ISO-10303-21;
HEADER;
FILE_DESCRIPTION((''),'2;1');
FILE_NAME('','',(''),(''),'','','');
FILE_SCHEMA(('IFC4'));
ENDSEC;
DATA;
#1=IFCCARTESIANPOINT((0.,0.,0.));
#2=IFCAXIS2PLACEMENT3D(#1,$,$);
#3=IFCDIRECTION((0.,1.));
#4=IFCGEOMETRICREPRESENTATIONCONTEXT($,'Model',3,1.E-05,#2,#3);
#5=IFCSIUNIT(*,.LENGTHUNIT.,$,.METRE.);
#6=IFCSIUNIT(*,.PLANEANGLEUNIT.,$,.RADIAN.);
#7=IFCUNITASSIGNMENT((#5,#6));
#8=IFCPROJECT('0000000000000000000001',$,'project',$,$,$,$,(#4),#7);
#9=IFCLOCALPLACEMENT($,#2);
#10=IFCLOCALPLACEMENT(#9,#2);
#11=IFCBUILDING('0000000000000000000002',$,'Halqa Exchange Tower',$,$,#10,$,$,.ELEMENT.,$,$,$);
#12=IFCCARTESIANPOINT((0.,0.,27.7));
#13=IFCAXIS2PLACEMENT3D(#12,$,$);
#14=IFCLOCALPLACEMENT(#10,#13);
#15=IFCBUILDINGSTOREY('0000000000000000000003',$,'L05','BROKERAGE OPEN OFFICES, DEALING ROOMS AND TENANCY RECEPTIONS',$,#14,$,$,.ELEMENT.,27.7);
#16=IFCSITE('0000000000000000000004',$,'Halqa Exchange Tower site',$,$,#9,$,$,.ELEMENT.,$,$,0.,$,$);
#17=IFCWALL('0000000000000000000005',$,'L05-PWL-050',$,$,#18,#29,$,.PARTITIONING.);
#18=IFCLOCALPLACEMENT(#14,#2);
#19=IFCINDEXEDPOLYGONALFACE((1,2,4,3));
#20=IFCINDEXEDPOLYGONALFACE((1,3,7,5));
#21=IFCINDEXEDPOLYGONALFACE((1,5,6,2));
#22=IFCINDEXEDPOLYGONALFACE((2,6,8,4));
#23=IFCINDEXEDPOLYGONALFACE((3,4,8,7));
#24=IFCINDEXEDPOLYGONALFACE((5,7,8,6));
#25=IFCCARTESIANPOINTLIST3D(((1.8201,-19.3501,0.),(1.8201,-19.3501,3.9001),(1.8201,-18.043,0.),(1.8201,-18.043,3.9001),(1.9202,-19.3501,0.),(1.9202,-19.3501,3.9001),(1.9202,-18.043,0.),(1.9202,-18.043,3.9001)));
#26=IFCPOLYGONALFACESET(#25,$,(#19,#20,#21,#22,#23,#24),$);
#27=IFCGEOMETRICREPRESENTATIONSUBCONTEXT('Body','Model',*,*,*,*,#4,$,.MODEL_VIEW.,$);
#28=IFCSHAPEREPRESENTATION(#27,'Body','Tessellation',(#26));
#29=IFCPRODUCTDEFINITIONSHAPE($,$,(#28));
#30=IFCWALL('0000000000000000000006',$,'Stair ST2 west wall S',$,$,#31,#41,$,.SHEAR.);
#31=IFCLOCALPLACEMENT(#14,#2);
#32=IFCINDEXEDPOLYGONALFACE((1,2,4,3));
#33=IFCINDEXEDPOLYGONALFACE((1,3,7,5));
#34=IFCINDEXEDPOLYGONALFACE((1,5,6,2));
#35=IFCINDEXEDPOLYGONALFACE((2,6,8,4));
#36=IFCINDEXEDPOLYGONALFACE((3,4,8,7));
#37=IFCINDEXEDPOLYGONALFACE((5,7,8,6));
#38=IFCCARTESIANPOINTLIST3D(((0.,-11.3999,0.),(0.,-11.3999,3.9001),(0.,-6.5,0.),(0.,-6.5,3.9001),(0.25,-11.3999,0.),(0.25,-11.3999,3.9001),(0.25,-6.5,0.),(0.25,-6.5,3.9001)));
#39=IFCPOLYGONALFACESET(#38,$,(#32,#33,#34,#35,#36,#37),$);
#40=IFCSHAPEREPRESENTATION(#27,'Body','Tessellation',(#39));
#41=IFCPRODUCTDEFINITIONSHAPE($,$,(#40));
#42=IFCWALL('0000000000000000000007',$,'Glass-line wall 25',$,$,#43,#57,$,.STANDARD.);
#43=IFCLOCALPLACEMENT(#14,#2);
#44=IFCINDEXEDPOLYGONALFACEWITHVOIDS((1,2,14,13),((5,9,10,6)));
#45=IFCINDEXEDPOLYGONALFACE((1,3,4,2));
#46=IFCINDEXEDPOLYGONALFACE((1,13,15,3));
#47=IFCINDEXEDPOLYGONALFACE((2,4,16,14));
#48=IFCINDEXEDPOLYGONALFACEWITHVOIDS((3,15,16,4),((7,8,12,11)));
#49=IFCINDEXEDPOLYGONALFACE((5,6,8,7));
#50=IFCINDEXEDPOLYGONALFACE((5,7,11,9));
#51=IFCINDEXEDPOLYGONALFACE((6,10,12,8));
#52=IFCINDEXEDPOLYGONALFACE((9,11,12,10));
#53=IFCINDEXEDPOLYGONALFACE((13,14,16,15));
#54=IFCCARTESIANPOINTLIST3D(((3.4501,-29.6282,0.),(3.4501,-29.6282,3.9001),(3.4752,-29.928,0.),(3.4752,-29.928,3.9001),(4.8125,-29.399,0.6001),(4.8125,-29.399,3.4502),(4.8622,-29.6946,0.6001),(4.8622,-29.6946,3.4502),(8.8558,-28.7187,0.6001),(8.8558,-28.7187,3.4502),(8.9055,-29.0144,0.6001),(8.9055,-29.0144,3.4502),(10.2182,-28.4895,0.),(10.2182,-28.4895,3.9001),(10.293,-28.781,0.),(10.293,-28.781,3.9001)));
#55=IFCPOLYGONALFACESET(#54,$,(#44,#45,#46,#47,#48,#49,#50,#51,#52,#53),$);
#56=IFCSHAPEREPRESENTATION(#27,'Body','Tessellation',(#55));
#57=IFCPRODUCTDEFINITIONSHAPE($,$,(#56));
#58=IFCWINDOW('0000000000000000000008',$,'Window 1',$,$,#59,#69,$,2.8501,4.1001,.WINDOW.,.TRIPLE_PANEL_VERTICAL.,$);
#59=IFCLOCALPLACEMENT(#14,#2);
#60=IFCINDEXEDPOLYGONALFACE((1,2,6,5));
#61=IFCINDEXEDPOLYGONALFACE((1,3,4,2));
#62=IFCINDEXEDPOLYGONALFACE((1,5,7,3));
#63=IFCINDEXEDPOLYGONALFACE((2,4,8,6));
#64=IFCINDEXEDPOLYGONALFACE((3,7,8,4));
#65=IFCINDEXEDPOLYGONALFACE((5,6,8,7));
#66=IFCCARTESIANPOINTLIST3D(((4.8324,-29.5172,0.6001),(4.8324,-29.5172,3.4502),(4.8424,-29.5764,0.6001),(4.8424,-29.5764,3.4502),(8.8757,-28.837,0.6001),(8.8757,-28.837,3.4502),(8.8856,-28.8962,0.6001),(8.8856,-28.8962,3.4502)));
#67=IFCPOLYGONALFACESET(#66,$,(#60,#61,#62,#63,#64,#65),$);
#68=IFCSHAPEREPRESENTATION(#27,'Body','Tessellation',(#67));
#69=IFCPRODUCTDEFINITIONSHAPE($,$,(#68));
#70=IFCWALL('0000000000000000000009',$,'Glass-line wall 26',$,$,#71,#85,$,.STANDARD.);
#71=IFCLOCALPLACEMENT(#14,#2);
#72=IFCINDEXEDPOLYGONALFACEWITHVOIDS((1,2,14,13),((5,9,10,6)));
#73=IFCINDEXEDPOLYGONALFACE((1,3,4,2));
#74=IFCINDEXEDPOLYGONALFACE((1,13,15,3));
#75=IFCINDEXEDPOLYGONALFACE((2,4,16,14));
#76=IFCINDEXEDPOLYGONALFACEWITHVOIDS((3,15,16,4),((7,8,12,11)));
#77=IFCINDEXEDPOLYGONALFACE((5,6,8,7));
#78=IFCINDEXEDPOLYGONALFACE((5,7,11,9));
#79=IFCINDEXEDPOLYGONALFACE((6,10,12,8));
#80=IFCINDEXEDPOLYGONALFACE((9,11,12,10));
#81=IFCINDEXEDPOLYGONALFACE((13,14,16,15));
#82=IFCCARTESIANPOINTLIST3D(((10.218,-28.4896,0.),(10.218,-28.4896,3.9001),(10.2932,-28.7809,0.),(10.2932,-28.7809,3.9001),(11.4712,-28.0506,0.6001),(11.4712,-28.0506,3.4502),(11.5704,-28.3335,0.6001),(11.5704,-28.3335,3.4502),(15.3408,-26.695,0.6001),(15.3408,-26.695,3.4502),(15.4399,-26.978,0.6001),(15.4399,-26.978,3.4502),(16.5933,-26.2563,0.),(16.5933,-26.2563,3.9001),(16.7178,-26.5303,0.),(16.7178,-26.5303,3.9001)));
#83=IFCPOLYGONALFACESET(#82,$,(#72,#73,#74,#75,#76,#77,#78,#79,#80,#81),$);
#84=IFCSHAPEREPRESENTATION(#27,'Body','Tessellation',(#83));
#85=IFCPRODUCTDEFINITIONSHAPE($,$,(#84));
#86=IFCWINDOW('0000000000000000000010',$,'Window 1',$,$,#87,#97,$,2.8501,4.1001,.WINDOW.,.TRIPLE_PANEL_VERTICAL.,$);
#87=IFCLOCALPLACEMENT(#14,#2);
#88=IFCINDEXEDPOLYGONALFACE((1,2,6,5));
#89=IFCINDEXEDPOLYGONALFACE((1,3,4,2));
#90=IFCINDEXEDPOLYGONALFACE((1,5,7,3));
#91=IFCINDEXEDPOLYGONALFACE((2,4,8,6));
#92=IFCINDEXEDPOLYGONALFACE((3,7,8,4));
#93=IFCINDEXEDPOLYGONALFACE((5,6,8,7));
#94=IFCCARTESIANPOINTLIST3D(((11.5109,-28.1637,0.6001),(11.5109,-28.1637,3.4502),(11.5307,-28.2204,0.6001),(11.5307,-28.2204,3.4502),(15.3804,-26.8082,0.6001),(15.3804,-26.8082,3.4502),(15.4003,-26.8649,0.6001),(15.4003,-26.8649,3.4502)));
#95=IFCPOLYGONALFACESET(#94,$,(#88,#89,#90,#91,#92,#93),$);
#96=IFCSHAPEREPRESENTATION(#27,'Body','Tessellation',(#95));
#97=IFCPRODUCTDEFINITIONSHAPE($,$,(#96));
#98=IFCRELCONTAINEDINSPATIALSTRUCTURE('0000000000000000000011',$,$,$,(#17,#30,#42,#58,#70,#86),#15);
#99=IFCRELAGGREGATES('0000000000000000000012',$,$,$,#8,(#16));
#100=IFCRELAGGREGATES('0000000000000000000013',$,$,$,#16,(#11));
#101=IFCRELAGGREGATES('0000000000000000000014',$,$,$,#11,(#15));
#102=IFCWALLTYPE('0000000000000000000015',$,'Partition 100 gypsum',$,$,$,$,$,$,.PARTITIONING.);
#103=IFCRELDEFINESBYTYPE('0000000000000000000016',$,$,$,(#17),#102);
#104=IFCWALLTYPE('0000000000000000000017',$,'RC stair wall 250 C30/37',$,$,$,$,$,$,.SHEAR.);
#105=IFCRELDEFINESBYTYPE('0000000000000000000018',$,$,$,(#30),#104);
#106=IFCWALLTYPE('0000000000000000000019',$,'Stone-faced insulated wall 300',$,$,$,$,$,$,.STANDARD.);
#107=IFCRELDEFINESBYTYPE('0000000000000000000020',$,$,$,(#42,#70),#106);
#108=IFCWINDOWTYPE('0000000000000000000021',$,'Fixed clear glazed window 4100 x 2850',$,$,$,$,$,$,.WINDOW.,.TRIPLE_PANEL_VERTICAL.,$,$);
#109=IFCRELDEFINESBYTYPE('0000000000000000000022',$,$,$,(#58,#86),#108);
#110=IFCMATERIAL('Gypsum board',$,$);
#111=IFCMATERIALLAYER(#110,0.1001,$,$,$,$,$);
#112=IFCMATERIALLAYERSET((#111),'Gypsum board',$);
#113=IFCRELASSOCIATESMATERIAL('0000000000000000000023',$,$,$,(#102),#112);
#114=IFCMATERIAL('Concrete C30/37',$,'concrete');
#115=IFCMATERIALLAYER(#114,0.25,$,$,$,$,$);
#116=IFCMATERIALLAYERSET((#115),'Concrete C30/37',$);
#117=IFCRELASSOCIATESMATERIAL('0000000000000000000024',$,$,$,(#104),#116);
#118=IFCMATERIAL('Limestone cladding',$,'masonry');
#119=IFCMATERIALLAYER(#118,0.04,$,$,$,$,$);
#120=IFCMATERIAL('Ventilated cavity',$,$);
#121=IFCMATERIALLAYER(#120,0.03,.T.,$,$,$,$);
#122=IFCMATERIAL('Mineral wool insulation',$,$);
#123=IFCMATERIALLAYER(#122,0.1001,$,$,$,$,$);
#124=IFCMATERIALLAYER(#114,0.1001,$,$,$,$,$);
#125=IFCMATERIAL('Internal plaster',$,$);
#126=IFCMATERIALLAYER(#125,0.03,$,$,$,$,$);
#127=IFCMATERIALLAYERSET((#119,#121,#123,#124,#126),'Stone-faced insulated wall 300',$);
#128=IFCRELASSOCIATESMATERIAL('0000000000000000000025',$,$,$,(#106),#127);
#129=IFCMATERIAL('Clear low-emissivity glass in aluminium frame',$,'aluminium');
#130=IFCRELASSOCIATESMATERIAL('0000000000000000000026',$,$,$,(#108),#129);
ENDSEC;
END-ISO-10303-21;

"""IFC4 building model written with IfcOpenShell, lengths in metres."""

from ifc_helpers import new_model, si_unit, direction, frame, frame_2d, origin, place, context, subcontext, project, spatial, polyline, rectangle, outline, extrude, material, layer, layer_set, type_object, element, fill, save


model = new_model("IFC4")

# Units and contexts
model_context = context("Model", 3, precision=1e-05, world=origin(), true_north=direction((0.0, 1.0)))
body_context = subcontext(model_context, "Body", "Model", "MODEL_VIEW")
ifc_project = project(units=[si_unit("LENGTHUNIT", "METRE"), si_unit("PLANEANGLEUNIT", "RADIAN")], contexts=[model_context])

# Site, building, storey
site_placement = place(None, origin())
site = spatial("IfcSite", under=ifc_project, at=site_placement, Name="Halqa Exchange Tower site", CompositionType="ELEMENT", RefElevation=0.0)
building_placement = place(site_placement, origin())
building = spatial("IfcBuilding", under=site, at=building_placement, Name="Halqa Exchange Tower", CompositionType="ELEMENT")
storey_placement = place(building_placement, frame((0.0, 0.0, 27.7)))
storey = spatial("IfcBuildingStorey", under=building, at=storey_placement, Name="L05", Description="BROKERAGE OPEN OFFICES, DEALING ROOMS AND TENANCY RECEPTIONS", CompositionType="ELEMENT", Elevation=27.7)

# Shared definitions
ifc_material_1 = material(Name="Gypsum board")
ifc_layer_1 = layer(ifc_material_1, 0.1001)
ifc_layer_set_1 = layer_set([ifc_layer_1], Name="Gypsum board")
wall_type_1 = type_object("IfcWallType", Name="Partition 100 gypsum", PredefinedType="PARTITIONING", material=ifc_layer_set_1)

# Walls
wall_1_placement = place(storey_placement, frame((1.8701, -18.043, 0.0), z_axis=(0.0, 0.0, 1.0), x_axis=(0.0, -1.0, 0.0)))
element("IfcWall", 1, at=wall_1_placement, inside=storey, type_object=wall_type_1, Name="L05-PWL-050", PredefinedType="PARTITIONING", context=body_context, shape_type="SweptSolid", body=[
    extrude(outline(polyline([(0.0, -0.05), (1.3071, -0.05), (1.3071, 0.05), (0.0, 0.05), (0.0, -0.05)])), origin(), (0.0, 0.0, 1.0), 3.9001),
])
ifc_material_2 = material(Name="Concrete C30/37", Category="concrete")
ifc_layer_2 = layer(ifc_material_2, 0.25)
ifc_layer_set_2 = layer_set([ifc_layer_2], Name="Concrete C30/37")
wall_type_2 = type_object("IfcWallType", Name="RC stair wall 250 C30/37", PredefinedType="SHEAR", material=ifc_layer_set_2)
wall_2_placement = place(storey_placement, frame((0.125, -11.3999, 0.0), z_axis=(0.0, 0.0, 1.0), x_axis=(0.0, 1.0, 0.0)))
element("IfcWall", 2, at=wall_2_placement, inside=storey, type_object=wall_type_2, Name="Stair ST2 west wall S", PredefinedType="SHEAR", context=body_context, shape_type="SweptSolid", body=[
    extrude(rectangle(XDim=4.8999, YDim=0.25, at=frame_2d((2.45, 0.0))), origin(), (0.0, 0.0, 1.0), 3.9001),
])

# Walls, openings, windows
ifc_material_3 = material(Name="Limestone cladding", Category="masonry")
ifc_layer_3 = layer(ifc_material_3, 0.04)
ifc_material_4 = material(Name="Ventilated cavity")
ifc_layer_4 = layer(ifc_material_4, 0.03, ventilated=True)
ifc_material_5 = material(Name="Mineral wool insulation")
ifc_layer_5 = layer(ifc_material_5, 0.1001)
ifc_layer_6 = layer(ifc_material_2, 0.1001)
ifc_material_6 = material(Name="Internal plaster")
ifc_layer_7 = layer(ifc_material_6, 0.03)
ifc_layer_set_3 = layer_set([ifc_layer_3, ifc_layer_4, ifc_layer_5, ifc_layer_6, ifc_layer_7], Name="Stone-faced insulated wall 300")
wall_type_3 = type_object("IfcWallType", Name="Stone-faced insulated wall 300", PredefinedType="STANDARD", material=ifc_layer_set_3)
wall_3_placement = place(storey_placement, frame((3.4626, -29.7781, 0.0), z_axis=(0.0, 0.0, 1.0), x_axis=(0.986142, 0.165905, 0.0)))
wall_3 = element("IfcWall", 3, at=wall_3_placement, inside=storey, type_object=wall_type_3, Name="Glass-line wall 25", PredefinedType="STANDARD", context=body_context, shape_type="SweptSolid", body=[
    extrude(outline(polyline([(-0.0125, -0.1499), (6.9011, -0.1499), (6.8757, 0.1499), (0.0125, 0.1499), (-0.0125, -0.1499)])), origin(), (0.0, 0.0, 1.0), 3.9001),
])
opening_1_placement = place(wall_3_placement, frame((1.394, 0.0, 0.6001)))
opening_1 = element("IfcOpeningElement", 4, at=opening_1_placement, cuts=wall_3, PredefinedType="OPENING", context=body_context, shape_type="SweptSolid", body=[
    extrude(rectangle(XDim=4.1001, YDim=2.8501, at=frame_2d((2.05, 1.425))), frame((0.0, 0.1621, 0.0), z_axis=(0.0, -1.0, 0.0), x_axis=(1.0, 0.0, 0.0)), (0.0, 0.0, 1.0), 0.324),
])
ifc_material_7 = material(Name="Clear low-emissivity glass in aluminium frame", Category="aluminium")
window_type = type_object("IfcWindowType", Name="Fixed clear glazed window 4100 x 2850", PartitioningType="TRIPLE_PANEL_VERTICAL", PredefinedType="WINDOW", material=ifc_material_7)
window_1_placement = place(opening_1_placement, origin())
window_1 = element("IfcWindow", 5, at=window_1_placement, inside=storey, type_object=window_type, Name="Window 1", OverallHeight=2.8501, OverallWidth=4.1001, PartitioningType="TRIPLE_PANEL_VERTICAL", PredefinedType="WINDOW", context=body_context, shape_type="SweptSolid", body=[
    extrude(rectangle(XDim=4.1001, YDim=2.8501, at=frame_2d((2.05, 1.425))), frame((0.0, 0.03, 0.0), z_axis=(0.0, -1.0, 0.0), x_axis=(1.0, 0.0, 0.0)), (0.0, 0.0, 1.0), 0.0601),
])
fill(opening_1, window_1)
wall_4_placement = place(storey_placement, frame((10.2556, -28.6353, 0.0), z_axis=(0.0, 0.0, 1.0), x_axis=(0.943767, 0.33061, 0.0)))
wall_4 = element("IfcWall", 6, at=wall_4_placement, inside=storey, type_object=wall_type_3, Name="Glass-line wall 26", PredefinedType="STANDARD", context=body_context, shape_type="SweptSolid", body=[
    extrude(outline(polyline([(-0.0127, -0.1499), (6.7947, -0.1499), (6.7678, 0.1499), (0.0127, 0.1499), (-0.0127, -0.1499)])), origin(), (0.0, 0.0, 1.0), 3.9001),
])
opening_2_placement = place(wall_4_placement, frame((1.3406, 0.0, 0.6001)))
opening_2 = element("IfcOpeningElement", 7, at=opening_2_placement, cuts=wall_4, PredefinedType="OPENING", context=body_context, shape_type="SweptSolid", body=[
    extrude(rectangle(XDim=4.1001, YDim=2.8501, at=frame_2d((2.05, 1.425))), frame((0.0, 0.1621, 0.0), z_axis=(0.0, -1.0, 0.0), x_axis=(1.0, 0.0, 0.0)), (0.0, 0.0, 1.0), 0.324),
])
window_2_placement = place(opening_2_placement, origin())
window_2 = element("IfcWindow", 8, at=window_2_placement, inside=storey, type_object=window_type, Name="Window 1", OverallHeight=2.8501, OverallWidth=4.1001, PartitioningType="TRIPLE_PANEL_VERTICAL", PredefinedType="WINDOW", context=body_context, shape_type="SweptSolid", body=[
    extrude(rectangle(XDim=4.1001, YDim=2.8501, at=frame_2d((2.05, 1.425))), frame((0.0, 0.03, 0.0), z_axis=(0.0, -1.0, 0.0), x_axis=(1.0, 0.0, 0.0)), (0.0, 0.0, 1.0), 0.0601),
])
fill(opening_2, window_2)

save(model, "model.ifc")
